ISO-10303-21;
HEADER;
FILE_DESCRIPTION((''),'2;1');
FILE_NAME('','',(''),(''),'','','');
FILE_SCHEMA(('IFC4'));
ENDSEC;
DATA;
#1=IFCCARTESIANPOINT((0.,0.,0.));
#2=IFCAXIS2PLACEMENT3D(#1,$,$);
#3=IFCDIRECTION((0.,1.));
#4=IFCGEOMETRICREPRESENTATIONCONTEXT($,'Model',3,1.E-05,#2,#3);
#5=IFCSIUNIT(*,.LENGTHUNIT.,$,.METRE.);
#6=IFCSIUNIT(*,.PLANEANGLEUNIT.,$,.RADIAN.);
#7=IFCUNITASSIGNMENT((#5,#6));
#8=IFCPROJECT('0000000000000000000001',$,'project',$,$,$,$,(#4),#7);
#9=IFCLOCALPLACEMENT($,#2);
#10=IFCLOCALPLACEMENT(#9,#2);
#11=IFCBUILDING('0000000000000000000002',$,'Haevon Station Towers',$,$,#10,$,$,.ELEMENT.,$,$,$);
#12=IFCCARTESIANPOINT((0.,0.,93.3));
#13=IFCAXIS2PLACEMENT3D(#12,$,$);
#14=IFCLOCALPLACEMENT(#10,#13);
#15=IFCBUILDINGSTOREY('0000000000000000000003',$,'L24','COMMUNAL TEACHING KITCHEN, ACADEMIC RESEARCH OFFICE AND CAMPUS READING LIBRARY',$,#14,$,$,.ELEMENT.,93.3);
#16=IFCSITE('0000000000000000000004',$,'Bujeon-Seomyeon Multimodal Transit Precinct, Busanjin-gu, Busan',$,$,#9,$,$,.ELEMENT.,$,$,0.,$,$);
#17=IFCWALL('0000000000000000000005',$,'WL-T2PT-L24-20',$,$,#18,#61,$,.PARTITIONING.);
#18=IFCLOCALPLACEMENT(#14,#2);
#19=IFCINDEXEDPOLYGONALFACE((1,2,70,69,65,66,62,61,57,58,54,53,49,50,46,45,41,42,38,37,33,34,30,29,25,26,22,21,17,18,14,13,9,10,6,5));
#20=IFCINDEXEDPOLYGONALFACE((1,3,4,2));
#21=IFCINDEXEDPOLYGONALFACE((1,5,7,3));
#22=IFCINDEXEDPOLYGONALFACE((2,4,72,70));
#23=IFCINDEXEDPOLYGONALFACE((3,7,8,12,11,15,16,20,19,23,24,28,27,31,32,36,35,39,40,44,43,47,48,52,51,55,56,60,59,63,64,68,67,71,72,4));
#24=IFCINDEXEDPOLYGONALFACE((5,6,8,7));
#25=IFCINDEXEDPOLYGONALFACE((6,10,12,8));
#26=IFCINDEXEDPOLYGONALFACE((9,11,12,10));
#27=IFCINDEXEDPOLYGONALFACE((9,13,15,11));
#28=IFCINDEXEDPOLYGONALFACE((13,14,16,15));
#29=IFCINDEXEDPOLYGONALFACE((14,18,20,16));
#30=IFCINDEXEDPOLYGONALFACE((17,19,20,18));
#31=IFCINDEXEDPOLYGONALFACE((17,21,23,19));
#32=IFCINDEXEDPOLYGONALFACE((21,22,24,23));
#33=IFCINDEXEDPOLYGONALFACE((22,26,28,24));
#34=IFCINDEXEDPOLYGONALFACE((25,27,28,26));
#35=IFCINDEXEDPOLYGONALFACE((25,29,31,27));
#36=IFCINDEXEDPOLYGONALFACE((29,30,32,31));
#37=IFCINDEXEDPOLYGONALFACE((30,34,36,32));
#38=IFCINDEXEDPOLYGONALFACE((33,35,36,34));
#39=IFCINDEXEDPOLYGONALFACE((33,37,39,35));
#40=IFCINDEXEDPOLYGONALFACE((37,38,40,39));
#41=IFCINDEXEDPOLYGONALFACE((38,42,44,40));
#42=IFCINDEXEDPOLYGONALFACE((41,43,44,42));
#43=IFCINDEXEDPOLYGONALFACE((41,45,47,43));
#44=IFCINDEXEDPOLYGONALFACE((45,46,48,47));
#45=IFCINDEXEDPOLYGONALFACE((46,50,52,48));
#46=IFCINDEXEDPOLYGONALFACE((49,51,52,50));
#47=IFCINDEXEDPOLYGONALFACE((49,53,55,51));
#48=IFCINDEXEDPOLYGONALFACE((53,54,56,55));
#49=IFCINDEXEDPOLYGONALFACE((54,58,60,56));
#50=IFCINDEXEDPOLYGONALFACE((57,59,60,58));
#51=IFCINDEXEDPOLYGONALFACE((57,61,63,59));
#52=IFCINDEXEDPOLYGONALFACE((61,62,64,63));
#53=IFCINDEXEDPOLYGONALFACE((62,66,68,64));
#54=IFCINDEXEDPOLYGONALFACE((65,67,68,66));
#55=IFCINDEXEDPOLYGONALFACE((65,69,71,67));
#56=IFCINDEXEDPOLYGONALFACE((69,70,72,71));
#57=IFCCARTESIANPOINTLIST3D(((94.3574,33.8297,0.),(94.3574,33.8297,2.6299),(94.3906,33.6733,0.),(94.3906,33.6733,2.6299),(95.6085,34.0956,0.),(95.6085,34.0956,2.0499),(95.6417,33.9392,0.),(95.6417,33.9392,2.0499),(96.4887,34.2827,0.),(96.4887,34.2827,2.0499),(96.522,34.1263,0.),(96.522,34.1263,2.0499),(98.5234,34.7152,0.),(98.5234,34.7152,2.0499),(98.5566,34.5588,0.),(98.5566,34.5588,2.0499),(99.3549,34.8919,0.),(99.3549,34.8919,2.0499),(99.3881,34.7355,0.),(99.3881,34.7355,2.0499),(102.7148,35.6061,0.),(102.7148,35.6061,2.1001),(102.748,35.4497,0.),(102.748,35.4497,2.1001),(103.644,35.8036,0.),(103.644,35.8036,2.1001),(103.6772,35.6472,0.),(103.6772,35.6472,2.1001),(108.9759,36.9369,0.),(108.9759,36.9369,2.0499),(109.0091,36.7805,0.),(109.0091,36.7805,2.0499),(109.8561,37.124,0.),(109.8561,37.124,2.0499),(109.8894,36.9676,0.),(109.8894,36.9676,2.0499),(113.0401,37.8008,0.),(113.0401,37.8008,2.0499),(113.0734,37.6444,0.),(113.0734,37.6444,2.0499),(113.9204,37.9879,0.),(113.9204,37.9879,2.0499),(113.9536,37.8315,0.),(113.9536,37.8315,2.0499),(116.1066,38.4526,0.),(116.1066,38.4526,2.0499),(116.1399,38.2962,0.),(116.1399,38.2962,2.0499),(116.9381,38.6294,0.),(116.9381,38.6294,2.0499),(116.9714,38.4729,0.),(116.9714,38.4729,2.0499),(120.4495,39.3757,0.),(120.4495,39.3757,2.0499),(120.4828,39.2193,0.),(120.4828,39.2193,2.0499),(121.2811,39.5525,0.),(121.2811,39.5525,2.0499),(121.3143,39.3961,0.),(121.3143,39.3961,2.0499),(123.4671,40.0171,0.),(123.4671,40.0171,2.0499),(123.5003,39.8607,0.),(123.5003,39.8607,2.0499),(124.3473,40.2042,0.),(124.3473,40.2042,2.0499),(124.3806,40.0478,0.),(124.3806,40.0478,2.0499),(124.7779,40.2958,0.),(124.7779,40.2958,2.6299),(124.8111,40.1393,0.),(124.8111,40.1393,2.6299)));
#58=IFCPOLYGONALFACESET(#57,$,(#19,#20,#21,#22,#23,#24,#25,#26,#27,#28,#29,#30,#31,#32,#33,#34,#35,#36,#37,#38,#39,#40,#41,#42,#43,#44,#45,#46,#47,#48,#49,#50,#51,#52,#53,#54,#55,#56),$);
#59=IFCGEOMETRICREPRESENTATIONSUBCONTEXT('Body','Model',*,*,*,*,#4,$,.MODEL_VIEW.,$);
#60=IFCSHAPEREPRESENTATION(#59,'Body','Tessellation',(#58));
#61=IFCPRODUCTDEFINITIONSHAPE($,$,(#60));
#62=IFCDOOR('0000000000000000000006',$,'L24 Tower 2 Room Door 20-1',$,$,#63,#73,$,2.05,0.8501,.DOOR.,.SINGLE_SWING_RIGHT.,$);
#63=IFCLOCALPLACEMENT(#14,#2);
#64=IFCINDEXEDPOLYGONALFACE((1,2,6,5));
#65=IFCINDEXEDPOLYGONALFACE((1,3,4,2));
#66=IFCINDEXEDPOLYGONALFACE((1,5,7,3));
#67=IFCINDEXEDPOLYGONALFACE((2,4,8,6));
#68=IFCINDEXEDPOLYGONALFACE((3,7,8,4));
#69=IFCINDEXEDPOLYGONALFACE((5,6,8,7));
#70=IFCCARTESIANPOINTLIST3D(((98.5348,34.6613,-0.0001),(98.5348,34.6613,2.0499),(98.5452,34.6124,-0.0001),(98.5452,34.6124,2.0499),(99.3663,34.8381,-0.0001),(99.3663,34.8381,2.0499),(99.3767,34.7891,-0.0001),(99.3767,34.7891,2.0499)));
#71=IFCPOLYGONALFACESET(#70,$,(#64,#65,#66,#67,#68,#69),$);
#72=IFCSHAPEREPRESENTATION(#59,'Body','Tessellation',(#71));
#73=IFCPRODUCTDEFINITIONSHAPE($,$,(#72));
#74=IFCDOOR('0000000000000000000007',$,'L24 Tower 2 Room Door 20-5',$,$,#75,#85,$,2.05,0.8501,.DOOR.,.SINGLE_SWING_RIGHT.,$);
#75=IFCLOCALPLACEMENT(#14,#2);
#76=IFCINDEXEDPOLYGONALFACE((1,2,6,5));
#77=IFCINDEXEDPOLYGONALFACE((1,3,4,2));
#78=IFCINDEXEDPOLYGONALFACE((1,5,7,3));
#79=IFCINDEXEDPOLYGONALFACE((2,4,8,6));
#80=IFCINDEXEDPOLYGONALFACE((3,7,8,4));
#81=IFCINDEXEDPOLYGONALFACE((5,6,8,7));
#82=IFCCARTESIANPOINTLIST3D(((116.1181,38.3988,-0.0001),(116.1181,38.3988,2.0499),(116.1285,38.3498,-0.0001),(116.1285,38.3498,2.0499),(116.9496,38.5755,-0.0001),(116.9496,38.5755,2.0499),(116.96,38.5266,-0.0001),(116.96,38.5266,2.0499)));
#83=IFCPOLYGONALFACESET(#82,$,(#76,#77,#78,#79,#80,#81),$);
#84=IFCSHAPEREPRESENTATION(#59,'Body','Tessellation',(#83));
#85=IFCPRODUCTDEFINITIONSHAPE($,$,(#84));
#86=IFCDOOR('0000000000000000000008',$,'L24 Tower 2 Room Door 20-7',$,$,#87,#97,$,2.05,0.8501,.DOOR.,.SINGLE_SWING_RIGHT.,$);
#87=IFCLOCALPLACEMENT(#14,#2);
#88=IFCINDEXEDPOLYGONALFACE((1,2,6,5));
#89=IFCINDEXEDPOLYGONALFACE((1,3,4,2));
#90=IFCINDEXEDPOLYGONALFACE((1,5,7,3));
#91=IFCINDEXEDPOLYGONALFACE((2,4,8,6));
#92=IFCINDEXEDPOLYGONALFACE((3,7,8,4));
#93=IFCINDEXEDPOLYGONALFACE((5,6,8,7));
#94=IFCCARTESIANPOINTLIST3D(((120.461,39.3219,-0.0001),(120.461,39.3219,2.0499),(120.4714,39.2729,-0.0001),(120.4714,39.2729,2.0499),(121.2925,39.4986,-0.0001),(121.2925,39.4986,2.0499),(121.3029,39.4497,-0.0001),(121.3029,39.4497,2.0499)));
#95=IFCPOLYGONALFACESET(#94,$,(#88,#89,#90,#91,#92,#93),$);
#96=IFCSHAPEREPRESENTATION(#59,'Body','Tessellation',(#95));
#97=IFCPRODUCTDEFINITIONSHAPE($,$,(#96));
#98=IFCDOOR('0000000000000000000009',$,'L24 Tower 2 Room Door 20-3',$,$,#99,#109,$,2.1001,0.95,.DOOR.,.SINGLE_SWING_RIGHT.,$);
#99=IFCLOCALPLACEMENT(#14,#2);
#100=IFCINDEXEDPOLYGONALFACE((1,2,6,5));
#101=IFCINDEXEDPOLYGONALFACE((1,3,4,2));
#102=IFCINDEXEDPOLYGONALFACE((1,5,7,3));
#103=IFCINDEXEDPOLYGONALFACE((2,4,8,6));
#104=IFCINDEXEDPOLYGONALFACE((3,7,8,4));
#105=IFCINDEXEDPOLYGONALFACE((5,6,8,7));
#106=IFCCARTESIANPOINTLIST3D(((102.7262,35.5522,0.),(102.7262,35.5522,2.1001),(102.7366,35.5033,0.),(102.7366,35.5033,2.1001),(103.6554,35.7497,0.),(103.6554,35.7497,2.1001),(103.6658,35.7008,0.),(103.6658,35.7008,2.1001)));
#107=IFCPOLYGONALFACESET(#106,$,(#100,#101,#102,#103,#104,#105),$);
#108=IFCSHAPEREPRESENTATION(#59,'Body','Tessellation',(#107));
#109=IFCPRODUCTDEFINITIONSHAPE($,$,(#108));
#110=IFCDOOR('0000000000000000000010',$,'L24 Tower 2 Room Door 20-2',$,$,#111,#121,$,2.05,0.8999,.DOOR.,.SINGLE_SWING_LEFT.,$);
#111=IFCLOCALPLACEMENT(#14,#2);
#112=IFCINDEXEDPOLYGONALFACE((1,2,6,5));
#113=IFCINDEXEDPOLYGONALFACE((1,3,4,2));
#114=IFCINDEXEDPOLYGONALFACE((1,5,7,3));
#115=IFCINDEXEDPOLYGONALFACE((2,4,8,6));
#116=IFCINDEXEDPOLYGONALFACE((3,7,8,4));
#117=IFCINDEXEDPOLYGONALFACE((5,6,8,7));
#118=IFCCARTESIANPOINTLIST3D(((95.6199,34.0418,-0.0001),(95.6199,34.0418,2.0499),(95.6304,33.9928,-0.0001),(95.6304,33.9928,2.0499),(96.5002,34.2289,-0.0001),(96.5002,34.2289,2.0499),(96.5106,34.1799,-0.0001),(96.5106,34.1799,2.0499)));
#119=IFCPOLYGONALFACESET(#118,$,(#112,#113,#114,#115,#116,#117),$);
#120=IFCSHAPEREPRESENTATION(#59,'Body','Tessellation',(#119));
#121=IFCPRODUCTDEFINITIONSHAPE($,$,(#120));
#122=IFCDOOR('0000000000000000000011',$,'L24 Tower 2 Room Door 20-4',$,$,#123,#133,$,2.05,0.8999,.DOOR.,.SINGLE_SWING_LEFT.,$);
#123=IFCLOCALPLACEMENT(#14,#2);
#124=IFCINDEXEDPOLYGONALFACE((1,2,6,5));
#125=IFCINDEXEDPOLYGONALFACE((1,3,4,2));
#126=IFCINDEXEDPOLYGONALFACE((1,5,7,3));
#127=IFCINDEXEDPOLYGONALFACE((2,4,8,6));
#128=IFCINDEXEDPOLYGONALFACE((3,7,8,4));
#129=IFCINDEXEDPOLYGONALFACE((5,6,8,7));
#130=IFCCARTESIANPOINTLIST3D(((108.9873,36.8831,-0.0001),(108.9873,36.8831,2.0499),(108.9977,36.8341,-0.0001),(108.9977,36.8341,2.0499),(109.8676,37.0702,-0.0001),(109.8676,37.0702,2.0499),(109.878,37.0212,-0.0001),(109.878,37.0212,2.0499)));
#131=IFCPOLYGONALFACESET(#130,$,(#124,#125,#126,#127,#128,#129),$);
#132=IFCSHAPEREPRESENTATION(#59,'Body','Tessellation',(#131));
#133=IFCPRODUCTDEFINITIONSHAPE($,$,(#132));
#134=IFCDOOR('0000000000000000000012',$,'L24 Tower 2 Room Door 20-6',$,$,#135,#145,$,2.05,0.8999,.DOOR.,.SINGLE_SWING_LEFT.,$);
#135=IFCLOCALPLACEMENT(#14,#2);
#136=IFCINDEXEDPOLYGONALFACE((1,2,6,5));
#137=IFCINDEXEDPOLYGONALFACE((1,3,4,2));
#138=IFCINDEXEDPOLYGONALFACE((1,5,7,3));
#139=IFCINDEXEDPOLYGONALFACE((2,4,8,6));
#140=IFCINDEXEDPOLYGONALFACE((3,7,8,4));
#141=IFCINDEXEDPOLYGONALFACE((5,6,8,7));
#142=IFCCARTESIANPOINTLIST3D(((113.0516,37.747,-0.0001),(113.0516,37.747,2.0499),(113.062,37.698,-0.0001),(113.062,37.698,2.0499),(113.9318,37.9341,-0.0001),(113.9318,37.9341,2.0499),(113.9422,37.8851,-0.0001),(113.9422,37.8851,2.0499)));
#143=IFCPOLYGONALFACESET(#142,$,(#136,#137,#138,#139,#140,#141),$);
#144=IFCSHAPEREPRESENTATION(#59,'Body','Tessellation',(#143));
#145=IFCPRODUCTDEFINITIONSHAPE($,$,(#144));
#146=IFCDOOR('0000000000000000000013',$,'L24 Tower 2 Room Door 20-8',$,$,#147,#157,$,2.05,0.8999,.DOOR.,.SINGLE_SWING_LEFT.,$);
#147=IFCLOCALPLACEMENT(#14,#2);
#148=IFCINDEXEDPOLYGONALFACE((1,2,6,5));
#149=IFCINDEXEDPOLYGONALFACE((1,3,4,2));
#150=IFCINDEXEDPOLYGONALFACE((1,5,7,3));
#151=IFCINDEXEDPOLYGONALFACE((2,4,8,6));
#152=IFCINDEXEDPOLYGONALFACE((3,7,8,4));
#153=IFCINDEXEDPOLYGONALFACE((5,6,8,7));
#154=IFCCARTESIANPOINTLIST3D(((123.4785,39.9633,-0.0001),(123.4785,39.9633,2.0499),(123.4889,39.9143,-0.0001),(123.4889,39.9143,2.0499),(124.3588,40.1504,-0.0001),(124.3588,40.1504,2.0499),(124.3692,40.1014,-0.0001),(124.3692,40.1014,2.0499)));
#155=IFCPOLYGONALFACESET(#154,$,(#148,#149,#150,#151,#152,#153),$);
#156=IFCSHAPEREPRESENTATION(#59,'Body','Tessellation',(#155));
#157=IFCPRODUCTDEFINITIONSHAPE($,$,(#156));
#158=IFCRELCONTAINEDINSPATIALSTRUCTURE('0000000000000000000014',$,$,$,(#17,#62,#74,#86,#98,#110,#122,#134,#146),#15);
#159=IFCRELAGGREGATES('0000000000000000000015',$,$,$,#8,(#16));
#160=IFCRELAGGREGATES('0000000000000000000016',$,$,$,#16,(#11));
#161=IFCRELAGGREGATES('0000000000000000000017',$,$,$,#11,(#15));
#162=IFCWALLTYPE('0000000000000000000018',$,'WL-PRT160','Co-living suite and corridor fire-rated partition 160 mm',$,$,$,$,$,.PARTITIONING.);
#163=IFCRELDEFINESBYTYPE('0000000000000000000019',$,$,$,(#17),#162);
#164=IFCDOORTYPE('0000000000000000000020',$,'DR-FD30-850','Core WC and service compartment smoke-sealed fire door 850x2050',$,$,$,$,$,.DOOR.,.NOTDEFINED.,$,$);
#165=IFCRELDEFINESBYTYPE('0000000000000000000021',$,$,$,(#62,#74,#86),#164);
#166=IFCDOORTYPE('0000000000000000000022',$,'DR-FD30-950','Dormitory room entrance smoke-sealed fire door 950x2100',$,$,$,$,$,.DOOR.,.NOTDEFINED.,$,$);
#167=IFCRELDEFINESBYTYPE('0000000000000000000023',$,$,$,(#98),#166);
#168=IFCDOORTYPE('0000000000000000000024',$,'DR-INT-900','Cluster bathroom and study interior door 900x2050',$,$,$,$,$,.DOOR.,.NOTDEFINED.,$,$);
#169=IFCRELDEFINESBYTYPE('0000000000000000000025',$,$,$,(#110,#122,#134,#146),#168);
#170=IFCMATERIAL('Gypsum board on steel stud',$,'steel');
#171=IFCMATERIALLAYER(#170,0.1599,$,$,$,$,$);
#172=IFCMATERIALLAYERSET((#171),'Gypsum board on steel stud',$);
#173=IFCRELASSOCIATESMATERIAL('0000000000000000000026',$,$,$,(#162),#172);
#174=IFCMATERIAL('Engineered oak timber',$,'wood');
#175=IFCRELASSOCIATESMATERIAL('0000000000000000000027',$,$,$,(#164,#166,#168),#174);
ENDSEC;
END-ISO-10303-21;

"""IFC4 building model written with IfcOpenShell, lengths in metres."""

from ifc_helpers import new_model, si_unit, direction, frame, frame_2d, origin, place, context, subcontext, project, spatial, rectangle, extrude, material, layer, layer_set, type_object, element, fill, save


model = new_model("IFC4")

# Units and contexts
model_context = context("Model", 3, precision=1e-05, world=origin(), true_north=direction((0.0, 1.0)))
body_context = subcontext(model_context, "Body", "Model", "MODEL_VIEW")
ifc_project = project(units=[si_unit("LENGTHUNIT", "METRE"), si_unit("PLANEANGLEUNIT", "RADIAN")], contexts=[model_context])

# Site, building, storey
site_placement = place(None, origin())
site = spatial("IfcSite", under=ifc_project, at=site_placement, Name="Bujeon-Seomyeon Multimodal Transit Precinct, Busanjin-gu, Busan", CompositionType="ELEMENT", RefElevation=0.0)
building_placement = place(site_placement, origin())
building = spatial("IfcBuilding", under=site, at=building_placement, Name="Haevon Station Towers", CompositionType="ELEMENT")
storey_placement = place(building_placement, frame((0.0, 0.0, 93.3)))
storey = spatial("IfcBuildingStorey", under=building, at=storey_placement, Name="L24", Description="COMMUNAL TEACHING KITCHEN, ACADEMIC RESEARCH OFFICE AND CAMPUS READING LIBRARY", CompositionType="ELEMENT", Elevation=93.3)

# Shared definitions
ifc_material_1 = material(Name="Gypsum board on steel stud", Category="steel")
ifc_material_2 = material(Name="Engineered oak timber", Category="wood")

# Shared definitions
ifc_layer_1 = layer(ifc_material_1, 0.1599)
ifc_layer_set_1 = layer_set([ifc_layer_1], Name="Gypsum board on steel stud")
wall_type_1 = type_object("IfcWallType", Name="WL-PRT160", Description="Co-living suite and corridor fire-rated partition 160 mm", PredefinedType="PARTITIONING", material=ifc_layer_set_1)

# Wall, openings, doors
wall_1_placement = place(storey_placement, frame((94.374, 33.7515, 0.0), z_axis=(0.0, 0.0, 1.0), x_axis=(0.978148, 0.207912, 0.0)))
wall_1 = element("IfcWall", 1, at=wall_1_placement, inside=storey, type_object=wall_type_1, Name="WL-T2PT-L24-20", PredefinedType="PARTITIONING", context=body_context, shape_type="SweptSolid", body=[
    extrude(rectangle(XDim=31.1001, YDim=0.1599, at=frame_2d((15.55, 0.0))), origin(), (0.0, 0.0, 1.0), 2.6299),
])
opening_1_placement = place(wall_1_placement, frame((4.259, 0.0, 0.0)))
opening_1 = element("IfcOpeningElement", 2, at=opening_1_placement, cuts=wall_1, PredefinedType="OPENING", context=body_context, shape_type="SweptSolid", body=[
    extrude(rectangle(XDim=0.8501, YDim=2.05, at=frame_2d((0.425, 1.0249))), frame((0.0, 0.0898, 0.0), z_axis=(0.0, -1.0, 0.0), x_axis=(1.0, 0.0, 0.0)), (0.0, 0.0, 1.0), 0.1799),
])
opening_2_placement = place(wall_1_placement, frame((1.2791, 0.0, 0.0)))
opening_2 = element("IfcOpeningElement", 3, at=opening_2_placement, cuts=wall_1, PredefinedType="OPENING", context=body_context, shape_type="SweptSolid", body=[
    extrude(rectangle(XDim=0.8999, YDim=2.05, at=frame_2d((0.45, 1.0249))), frame((0.0, 0.0898, 0.0), z_axis=(0.0, -1.0, 0.0), x_axis=(1.0, 0.0, 0.0)), (0.0, 0.0, 1.0), 0.1799),
])
opening_3_placement = place(wall_1_placement, frame((8.5439, 0.0, 0.0)))
opening_3 = element("IfcOpeningElement", 4, at=opening_3_placement, cuts=wall_1, PredefinedType="OPENING", context=body_context, shape_type="SweptSolid", body=[
    extrude(rectangle(XDim=0.95, YDim=2.1001, at=frame_2d((0.4751, 1.05))), frame((0.0, 0.0898, 0.0), z_axis=(0.0, -1.0, 0.0), x_axis=(1.0, 0.0, 0.0)), (0.0, 0.0, 1.0), 0.1799),
])
opening_4_placement = place(wall_1_placement, frame((14.9451, 0.0, 0.0)))
opening_4 = element("IfcOpeningElement", 5, at=opening_4_placement, cuts=wall_1, PredefinedType="OPENING", context=body_context, shape_type="SweptSolid", body=[
    extrude(rectangle(XDim=0.8999, YDim=2.05, at=frame_2d((0.45, 1.0249))), frame((0.0, 0.0898, 0.0), z_axis=(0.0, -1.0, 0.0), x_axis=(1.0, 0.0, 0.0)), (0.0, 0.0, 1.0), 0.1799),
])
opening_5_placement = place(wall_1_placement, frame((22.2351, 0.0, 0.0)))
opening_5 = element("IfcOpeningElement", 6, at=opening_5_placement, cuts=wall_1, PredefinedType="OPENING", context=body_context, shape_type="SweptSolid", body=[
    extrude(rectangle(XDim=0.8501, YDim=2.05, at=frame_2d((0.425, 1.0249))), frame((0.0, 0.0898, 0.0), z_axis=(0.0, -1.0, 0.0), x_axis=(1.0, 0.0, 0.0)), (0.0, 0.0, 1.0), 0.1799),
])
opening_6_placement = place(wall_1_placement, frame((19.1001, 0.0, 0.0)))
opening_6 = element("IfcOpeningElement", 7, at=opening_6_placement, cuts=wall_1, PredefinedType="OPENING", context=body_context, shape_type="SweptSolid", body=[
    extrude(rectangle(XDim=0.8999, YDim=2.05, at=frame_2d((0.45, 1.0249))), frame((0.0, 0.0898, 0.0), z_axis=(0.0, -1.0, 0.0), x_axis=(1.0, 0.0, 0.0)), (0.0, 0.0, 1.0), 0.1799),
])
opening_7_placement = place(wall_1_placement, frame((26.675, 0.0, 0.0)))
opening_7 = element("IfcOpeningElement", 8, at=opening_7_placement, cuts=wall_1, PredefinedType="OPENING", context=body_context, shape_type="SweptSolid", body=[
    extrude(rectangle(XDim=0.8501, YDim=2.05, at=frame_2d((0.425, 1.0249))), frame((0.0, 0.0898, 0.0), z_axis=(0.0, -1.0, 0.0), x_axis=(1.0, 0.0, 0.0)), (0.0, 0.0, 1.0), 0.1799),
])
opening_8_placement = place(wall_1_placement, frame((29.76, 0.0, 0.0)))
opening_8 = element("IfcOpeningElement", 9, at=opening_8_placement, cuts=wall_1, PredefinedType="OPENING", context=body_context, shape_type="SweptSolid", body=[
    extrude(rectangle(XDim=0.8999, YDim=2.05, at=frame_2d((0.45, 1.0249))), frame((0.0, 0.0898, 0.0), z_axis=(0.0, -1.0, 0.0), x_axis=(1.0, 0.0, 0.0)), (0.0, 0.0, 1.0), 0.1799),
])
door_type_1 = type_object("IfcDoorType", Name="DR-FD30-850", Description="Core WC and service compartment smoke-sealed fire door 850x2050", OperationType="NOTDEFINED", PredefinedType="DOOR", material=ifc_material_2)
door_1_placement = place(opening_1_placement, origin())
door_1 = element("IfcDoor", 10, at=door_1_placement, inside=storey, type_object=door_type_1, Name="L24 Tower 2 Room Door 20-1", OperationType="SINGLE_SWING_RIGHT", OverallHeight=2.05, OverallWidth=0.8501, PredefinedType="DOOR", context=body_context, shape_type="SweptSolid", body=[
    extrude(rectangle(XDim=0.8501, YDim=2.05, at=frame_2d((0.425, 1.0249))), frame((0.0, 0.0249, 0.0), z_axis=(0.0, -1.0, 0.0), x_axis=(1.0, 0.0, 0.0)), (0.0, 0.0, 1.0), 0.05),
])
fill(opening_1, door_1)
door_2_placement = place(opening_5_placement, origin())
door_2 = element("IfcDoor", 11, at=door_2_placement, inside=storey, type_object=door_type_1, Name="L24 Tower 2 Room Door 20-5", OperationType="SINGLE_SWING_RIGHT", OverallHeight=2.05, OverallWidth=0.8501, PredefinedType="DOOR", context=body_context, shape_type="SweptSolid", body=[
    extrude(rectangle(XDim=0.8501, YDim=2.05, at=frame_2d((0.425, 1.0249))), frame((0.0, 0.0249, 0.0), z_axis=(0.0, -1.0, 0.0), x_axis=(1.0, 0.0, 0.0)), (0.0, 0.0, 1.0), 0.05),
])
fill(opening_5, door_2)
door_3_placement = place(opening_7_placement, origin())
door_3 = element("IfcDoor", 12, at=door_3_placement, inside=storey, type_object=door_type_1, Name="L24 Tower 2 Room Door 20-7", OperationType="SINGLE_SWING_RIGHT", OverallHeight=2.05, OverallWidth=0.8501, PredefinedType="DOOR", context=body_context, shape_type="SweptSolid", body=[
    extrude(rectangle(XDim=0.8501, YDim=2.05, at=frame_2d((0.425, 1.0249))), frame((0.0, 0.0249, 0.0), z_axis=(0.0, -1.0, 0.0), x_axis=(1.0, 0.0, 0.0)), (0.0, 0.0, 1.0), 0.05),
])
fill(opening_7, door_3)
door_type_2 = type_object("IfcDoorType", Name="DR-FD30-950", Description="Dormitory room entrance smoke-sealed fire door 950x2100", OperationType="NOTDEFINED", PredefinedType="DOOR", material=ifc_material_2)
door_4_placement = place(opening_3_placement, origin())
door_4 = element("IfcDoor", 13, at=door_4_placement, inside=storey, type_object=door_type_2, Name="L24 Tower 2 Room Door 20-3", OperationType="SINGLE_SWING_RIGHT", OverallHeight=2.1001, OverallWidth=0.95, PredefinedType="DOOR", context=body_context, shape_type="SweptSolid", body=[
    extrude(rectangle(XDim=0.95, YDim=2.1001, at=frame_2d((0.4751, 1.05))), frame((0.0, 0.0249, 0.0), z_axis=(0.0, -1.0, 0.0), x_axis=(1.0, 0.0, 0.0)), (0.0, 0.0, 1.0), 0.05),
])
fill(opening_3, door_4)
door_type_3 = type_object("IfcDoorType", Name="DR-INT-900", Description="Cluster bathroom and study interior door 900x2050", OperationType="NOTDEFINED", PredefinedType="DOOR", material=ifc_material_2)
door_5_placement = place(opening_2_placement, origin())
door_5 = element("IfcDoor", 14, at=door_5_placement, inside=storey, type_object=door_type_3, Name="L24 Tower 2 Room Door 20-2", OperationType="SINGLE_SWING_LEFT", OverallHeight=2.05, OverallWidth=0.8999, PredefinedType="DOOR", context=body_context, shape_type="SweptSolid", body=[
    extrude(rectangle(XDim=0.8999, YDim=2.05, at=frame_2d((0.45, 1.0249))), frame((0.0, 0.0249, 0.0), z_axis=(0.0, -1.0, 0.0), x_axis=(1.0, 0.0, 0.0)), (0.0, 0.0, 1.0), 0.05),
])
fill(opening_2, door_5)
door_6_placement = place(opening_4_placement, origin())
door_6 = element("IfcDoor", 15, at=door_6_placement, inside=storey, type_object=door_type_3, Name="L24 Tower 2 Room Door 20-4", OperationType="SINGLE_SWING_LEFT", OverallHeight=2.05, OverallWidth=0.8999, PredefinedType="DOOR", context=body_context, shape_type="SweptSolid", body=[
    extrude(rectangle(XDim=0.8999, YDim=2.05, at=frame_2d((0.45, 1.0249))), frame((0.0, 0.0249, 0.0), z_axis=(0.0, -1.0, 0.0), x_axis=(1.0, 0.0, 0.0)), (0.0, 0.0, 1.0), 0.05),
])
fill(opening_4, door_6)
door_7_placement = place(opening_6_placement, origin())
door_7 = element("IfcDoor", 16, at=door_7_placement, inside=storey, type_object=door_type_3, Name="L24 Tower 2 Room Door 20-6", OperationType="SINGLE_SWING_LEFT", OverallHeight=2.05, OverallWidth=0.8999, PredefinedType="DOOR", context=body_context, shape_type="SweptSolid", body=[
    extrude(rectangle(XDim=0.8999, YDim=2.05, at=frame_2d((0.45, 1.0249))), frame((0.0, 0.0249, 0.0), z_axis=(0.0, -1.0, 0.0), x_axis=(1.0, 0.0, 0.0)), (0.0, 0.0, 1.0), 0.05),
])
fill(opening_6, door_7)
door_8_placement = place(opening_8_placement, origin())
door_8 = element("IfcDoor", 17, at=door_8_placement, inside=storey, type_object=door_type_3, Name="L24 Tower 2 Room Door 20-8", OperationType="SINGLE_SWING_LEFT", OverallHeight=2.05, OverallWidth=0.8999, PredefinedType="DOOR", context=body_context, shape_type="SweptSolid", body=[
    extrude(rectangle(XDim=0.8999, YDim=2.05, at=frame_2d((0.45, 1.0249))), frame((0.0, 0.0249, 0.0), z_axis=(0.0, -1.0, 0.0), x_axis=(1.0, 0.0, 0.0)), (0.0, 0.0, 1.0), 0.05),
])
fill(opening_8, door_8)

save(model, "model.ifc")
